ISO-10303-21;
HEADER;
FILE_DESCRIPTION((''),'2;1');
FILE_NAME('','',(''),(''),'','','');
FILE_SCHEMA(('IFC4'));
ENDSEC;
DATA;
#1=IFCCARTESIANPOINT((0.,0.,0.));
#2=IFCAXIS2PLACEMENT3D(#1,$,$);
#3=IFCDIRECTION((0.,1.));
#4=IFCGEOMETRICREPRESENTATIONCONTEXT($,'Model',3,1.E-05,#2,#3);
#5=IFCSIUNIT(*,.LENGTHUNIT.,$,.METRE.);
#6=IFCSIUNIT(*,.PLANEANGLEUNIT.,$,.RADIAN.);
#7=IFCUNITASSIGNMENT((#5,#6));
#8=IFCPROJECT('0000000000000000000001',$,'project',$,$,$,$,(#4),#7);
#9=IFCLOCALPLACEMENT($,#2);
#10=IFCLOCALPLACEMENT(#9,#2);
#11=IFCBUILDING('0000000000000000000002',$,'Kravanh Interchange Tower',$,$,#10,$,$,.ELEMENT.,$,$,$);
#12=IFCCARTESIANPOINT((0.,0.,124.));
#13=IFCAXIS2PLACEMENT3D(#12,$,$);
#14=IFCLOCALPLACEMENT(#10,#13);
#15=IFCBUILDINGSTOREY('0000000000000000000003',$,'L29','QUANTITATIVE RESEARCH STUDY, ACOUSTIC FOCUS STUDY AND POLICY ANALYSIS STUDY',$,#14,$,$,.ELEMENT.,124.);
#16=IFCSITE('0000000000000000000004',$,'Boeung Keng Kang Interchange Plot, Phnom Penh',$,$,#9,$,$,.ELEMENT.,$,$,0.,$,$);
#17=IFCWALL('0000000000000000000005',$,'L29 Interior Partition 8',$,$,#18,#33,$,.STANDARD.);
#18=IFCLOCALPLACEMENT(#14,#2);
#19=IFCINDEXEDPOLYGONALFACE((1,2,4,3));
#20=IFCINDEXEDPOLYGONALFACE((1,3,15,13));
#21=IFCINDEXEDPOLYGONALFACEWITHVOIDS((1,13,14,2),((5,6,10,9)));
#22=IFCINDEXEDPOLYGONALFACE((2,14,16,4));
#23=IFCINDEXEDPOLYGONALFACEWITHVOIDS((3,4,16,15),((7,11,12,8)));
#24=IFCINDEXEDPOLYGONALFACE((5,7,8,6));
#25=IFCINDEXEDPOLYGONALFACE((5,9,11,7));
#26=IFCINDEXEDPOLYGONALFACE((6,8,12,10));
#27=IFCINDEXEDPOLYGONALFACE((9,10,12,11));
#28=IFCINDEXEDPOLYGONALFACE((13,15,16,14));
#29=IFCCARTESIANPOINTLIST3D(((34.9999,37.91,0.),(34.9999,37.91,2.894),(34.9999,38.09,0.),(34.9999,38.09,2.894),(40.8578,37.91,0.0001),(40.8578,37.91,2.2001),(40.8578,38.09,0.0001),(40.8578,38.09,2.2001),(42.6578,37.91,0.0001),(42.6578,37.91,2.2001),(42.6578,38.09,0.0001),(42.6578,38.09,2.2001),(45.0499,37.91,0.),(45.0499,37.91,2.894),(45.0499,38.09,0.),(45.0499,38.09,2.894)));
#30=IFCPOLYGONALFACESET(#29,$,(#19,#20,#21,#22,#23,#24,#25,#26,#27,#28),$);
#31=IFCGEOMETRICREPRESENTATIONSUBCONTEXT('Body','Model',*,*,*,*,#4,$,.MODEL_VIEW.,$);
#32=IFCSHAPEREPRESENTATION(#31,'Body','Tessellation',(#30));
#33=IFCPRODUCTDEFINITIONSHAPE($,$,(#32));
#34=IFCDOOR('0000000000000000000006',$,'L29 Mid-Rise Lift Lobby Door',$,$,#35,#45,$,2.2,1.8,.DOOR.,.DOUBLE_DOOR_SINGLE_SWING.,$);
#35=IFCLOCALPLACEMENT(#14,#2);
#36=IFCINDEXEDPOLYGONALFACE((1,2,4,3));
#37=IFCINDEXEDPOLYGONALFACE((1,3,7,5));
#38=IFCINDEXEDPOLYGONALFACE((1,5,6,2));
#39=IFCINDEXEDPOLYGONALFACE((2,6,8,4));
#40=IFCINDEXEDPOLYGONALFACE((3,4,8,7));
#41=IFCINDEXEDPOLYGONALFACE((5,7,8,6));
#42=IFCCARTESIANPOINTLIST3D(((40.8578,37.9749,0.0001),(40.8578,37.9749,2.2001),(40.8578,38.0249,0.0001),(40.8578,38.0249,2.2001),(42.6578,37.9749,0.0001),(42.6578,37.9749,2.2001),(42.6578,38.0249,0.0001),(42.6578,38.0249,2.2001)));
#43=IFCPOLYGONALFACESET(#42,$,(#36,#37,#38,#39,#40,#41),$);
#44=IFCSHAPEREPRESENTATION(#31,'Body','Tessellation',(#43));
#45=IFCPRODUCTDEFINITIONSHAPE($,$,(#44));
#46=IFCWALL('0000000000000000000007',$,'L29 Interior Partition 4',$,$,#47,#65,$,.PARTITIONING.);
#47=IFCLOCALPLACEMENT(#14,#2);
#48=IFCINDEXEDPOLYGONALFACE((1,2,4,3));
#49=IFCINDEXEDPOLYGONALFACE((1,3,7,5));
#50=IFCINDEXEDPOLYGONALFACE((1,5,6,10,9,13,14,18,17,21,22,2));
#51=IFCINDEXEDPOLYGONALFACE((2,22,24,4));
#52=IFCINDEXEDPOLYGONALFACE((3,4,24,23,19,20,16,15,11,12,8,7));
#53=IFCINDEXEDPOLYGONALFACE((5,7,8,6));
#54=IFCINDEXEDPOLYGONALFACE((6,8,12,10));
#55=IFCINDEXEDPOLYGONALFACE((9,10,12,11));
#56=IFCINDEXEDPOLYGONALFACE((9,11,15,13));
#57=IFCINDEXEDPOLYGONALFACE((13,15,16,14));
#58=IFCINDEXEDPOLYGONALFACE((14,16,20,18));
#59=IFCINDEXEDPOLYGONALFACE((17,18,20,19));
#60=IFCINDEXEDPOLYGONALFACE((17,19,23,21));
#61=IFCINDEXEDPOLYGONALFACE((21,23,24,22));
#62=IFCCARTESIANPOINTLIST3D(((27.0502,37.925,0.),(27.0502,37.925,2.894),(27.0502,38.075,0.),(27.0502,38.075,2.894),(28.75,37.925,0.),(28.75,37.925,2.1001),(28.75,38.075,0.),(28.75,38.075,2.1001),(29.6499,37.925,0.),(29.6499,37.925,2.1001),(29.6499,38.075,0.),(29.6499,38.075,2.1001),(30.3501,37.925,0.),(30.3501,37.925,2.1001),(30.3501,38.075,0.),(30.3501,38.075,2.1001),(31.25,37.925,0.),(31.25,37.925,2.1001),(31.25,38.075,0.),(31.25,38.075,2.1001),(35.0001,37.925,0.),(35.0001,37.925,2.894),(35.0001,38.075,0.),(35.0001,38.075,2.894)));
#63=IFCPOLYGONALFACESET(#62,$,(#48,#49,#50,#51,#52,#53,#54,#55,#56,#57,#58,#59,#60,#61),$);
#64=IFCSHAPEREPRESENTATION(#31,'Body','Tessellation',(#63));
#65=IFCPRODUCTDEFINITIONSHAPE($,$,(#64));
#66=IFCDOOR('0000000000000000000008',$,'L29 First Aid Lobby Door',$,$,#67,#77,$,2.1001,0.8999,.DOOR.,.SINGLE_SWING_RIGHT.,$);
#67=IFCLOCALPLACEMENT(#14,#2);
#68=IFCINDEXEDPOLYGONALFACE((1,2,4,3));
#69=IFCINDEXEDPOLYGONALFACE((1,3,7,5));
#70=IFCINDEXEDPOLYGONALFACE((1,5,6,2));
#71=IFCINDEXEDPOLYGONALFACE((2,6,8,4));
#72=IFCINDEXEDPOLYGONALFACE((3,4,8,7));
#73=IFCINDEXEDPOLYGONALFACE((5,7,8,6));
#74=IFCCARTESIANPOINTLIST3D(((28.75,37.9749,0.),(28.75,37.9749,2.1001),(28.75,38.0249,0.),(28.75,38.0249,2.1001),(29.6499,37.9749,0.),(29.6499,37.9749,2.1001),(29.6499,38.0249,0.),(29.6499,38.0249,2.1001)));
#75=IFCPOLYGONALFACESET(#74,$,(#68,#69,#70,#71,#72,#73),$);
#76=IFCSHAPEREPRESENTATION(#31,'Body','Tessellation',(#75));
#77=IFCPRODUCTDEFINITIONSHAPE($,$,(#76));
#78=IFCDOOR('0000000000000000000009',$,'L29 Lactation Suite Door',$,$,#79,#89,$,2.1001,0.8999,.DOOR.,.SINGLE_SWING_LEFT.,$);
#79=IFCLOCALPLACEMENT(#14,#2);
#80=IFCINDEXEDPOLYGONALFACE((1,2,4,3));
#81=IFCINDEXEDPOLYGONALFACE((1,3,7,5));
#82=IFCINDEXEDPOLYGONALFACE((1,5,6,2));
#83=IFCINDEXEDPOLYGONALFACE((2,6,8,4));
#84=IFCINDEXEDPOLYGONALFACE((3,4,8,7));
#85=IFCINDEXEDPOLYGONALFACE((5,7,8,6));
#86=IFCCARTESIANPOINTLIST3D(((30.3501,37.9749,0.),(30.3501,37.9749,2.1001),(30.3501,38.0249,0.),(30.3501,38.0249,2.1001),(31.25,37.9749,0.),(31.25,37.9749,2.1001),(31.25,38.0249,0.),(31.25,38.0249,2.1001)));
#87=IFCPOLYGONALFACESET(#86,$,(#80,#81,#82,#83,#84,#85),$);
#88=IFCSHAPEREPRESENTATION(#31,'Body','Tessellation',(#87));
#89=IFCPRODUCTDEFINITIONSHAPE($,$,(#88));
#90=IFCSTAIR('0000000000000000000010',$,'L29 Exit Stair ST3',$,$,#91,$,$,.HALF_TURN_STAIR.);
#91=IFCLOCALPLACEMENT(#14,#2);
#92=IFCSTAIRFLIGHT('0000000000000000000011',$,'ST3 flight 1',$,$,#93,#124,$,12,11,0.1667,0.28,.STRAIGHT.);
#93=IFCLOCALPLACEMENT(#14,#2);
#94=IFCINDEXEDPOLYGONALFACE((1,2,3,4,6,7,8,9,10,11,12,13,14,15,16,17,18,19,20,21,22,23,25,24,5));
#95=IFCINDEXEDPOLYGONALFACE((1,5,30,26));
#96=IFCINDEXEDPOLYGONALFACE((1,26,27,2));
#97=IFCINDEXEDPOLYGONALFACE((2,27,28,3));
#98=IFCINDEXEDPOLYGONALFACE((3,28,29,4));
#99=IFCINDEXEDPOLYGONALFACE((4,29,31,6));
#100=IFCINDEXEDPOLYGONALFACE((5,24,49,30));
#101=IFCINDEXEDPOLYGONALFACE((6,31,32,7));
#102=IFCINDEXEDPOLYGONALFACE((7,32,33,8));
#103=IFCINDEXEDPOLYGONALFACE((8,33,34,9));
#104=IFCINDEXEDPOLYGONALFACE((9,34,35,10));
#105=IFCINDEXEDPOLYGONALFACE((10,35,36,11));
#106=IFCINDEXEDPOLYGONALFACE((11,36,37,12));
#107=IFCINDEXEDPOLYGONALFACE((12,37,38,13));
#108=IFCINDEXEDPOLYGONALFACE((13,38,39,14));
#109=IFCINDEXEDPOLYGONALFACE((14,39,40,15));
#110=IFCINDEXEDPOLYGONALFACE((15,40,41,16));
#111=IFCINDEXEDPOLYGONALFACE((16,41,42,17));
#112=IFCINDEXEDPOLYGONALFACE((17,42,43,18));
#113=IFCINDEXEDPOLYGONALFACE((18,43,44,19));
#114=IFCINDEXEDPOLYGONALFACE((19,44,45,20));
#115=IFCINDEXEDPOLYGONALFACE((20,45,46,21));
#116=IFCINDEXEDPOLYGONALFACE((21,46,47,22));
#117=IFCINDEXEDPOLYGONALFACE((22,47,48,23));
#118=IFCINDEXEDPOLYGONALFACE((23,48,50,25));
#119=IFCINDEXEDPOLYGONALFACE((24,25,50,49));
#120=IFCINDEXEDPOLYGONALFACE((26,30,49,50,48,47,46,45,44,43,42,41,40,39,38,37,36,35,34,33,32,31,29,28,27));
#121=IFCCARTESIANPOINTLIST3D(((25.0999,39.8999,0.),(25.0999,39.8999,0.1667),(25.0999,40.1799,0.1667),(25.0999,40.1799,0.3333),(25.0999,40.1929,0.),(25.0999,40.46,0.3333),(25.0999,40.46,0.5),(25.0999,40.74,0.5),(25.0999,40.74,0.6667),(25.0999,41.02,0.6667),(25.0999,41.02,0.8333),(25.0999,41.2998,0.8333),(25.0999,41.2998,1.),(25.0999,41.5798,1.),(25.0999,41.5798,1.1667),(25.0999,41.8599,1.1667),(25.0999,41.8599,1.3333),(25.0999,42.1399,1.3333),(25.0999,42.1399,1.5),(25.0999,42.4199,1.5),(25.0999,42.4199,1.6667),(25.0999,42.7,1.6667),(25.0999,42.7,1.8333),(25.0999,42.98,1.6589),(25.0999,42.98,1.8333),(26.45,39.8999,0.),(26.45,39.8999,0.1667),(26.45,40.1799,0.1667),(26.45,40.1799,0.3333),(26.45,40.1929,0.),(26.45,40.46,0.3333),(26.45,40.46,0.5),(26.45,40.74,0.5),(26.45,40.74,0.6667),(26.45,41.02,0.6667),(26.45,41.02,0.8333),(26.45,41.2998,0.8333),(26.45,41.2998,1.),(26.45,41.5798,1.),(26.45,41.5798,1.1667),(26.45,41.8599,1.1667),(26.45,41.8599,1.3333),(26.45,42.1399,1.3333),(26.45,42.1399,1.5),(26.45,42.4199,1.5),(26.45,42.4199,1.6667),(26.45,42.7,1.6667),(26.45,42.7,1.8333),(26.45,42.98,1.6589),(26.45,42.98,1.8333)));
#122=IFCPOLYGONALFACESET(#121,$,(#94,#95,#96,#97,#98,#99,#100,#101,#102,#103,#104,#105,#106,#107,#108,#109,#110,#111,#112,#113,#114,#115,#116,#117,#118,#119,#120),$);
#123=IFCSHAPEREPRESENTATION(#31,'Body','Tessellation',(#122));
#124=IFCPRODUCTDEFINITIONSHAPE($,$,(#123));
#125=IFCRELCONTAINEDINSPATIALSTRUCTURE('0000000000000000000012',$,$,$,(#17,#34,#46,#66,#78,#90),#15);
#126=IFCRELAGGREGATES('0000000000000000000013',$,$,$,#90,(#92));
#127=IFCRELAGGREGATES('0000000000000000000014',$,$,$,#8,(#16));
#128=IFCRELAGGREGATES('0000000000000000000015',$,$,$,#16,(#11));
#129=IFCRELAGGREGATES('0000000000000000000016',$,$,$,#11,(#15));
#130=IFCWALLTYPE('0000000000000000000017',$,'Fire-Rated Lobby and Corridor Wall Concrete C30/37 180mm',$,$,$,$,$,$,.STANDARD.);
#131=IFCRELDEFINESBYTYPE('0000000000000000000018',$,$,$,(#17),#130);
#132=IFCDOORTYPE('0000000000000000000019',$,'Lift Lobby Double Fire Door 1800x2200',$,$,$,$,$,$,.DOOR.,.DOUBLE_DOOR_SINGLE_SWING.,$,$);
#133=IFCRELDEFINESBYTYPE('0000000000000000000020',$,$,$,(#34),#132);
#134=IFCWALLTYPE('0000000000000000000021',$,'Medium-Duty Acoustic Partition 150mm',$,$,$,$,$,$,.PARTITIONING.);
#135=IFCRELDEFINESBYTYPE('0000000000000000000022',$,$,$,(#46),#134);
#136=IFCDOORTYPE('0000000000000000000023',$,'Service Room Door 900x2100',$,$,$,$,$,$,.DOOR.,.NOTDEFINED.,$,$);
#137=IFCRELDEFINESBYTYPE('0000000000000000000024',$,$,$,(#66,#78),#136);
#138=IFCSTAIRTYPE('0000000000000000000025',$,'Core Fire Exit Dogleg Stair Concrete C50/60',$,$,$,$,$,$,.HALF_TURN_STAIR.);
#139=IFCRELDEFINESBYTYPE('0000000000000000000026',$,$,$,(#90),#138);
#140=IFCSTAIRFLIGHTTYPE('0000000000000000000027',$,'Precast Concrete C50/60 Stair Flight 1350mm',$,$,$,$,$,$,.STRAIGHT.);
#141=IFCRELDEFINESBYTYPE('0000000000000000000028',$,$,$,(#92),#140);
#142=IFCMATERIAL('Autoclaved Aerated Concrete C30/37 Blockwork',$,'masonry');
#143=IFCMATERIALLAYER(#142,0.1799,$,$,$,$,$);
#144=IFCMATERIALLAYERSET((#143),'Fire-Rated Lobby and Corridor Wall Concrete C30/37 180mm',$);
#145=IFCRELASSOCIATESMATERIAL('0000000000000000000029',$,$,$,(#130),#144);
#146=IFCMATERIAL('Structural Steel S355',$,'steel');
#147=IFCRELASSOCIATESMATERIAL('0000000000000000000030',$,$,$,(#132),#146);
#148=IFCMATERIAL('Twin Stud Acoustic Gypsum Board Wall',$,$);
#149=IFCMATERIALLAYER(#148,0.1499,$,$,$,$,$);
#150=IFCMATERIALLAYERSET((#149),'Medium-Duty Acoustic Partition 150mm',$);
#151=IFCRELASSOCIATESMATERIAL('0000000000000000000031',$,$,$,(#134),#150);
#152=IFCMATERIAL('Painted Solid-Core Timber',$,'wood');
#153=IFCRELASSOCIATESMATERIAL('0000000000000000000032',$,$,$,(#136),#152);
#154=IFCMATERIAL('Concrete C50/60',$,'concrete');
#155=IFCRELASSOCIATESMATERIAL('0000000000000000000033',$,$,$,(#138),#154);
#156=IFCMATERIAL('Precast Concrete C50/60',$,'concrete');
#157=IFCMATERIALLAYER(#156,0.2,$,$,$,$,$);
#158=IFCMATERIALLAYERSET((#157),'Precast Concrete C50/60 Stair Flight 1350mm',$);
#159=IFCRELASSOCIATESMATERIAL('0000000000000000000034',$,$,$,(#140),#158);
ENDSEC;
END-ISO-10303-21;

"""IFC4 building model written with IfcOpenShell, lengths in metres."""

from ifc_helpers import new_model, si_unit, direction, frame, frame_2d, origin, place, context, subcontext, project, spatial, polyline, rectangle, outline, extrude, material, layer, layer_set, type_object, element, fill, aggregate, save


model = new_model("IFC4")

# Units and contexts
model_context = context("Model", 3, precision=1e-05, world=origin(), true_north=direction((0.0, 1.0)))
body_context = subcontext(model_context, "Body", "Model", "MODEL_VIEW")
ifc_project = project(units=[si_unit("LENGTHUNIT", "METRE"), si_unit("PLANEANGLEUNIT", "RADIAN")], contexts=[model_context])

# Site, building, storey
site_placement = place(None, origin())
site = spatial("IfcSite", under=ifc_project, at=site_placement, Name="Boeung Keng Kang Interchange Plot, Phnom Penh", CompositionType="ELEMENT", RefElevation=0.0)
building_placement = place(site_placement, origin())
building = spatial("IfcBuilding", under=site, at=building_placement, Name="Kravanh Interchange Tower", CompositionType="ELEMENT")
storey_placement = place(building_placement, frame((0.0, 0.0, 124.0)))
storey = spatial("IfcBuildingStorey", under=building, at=storey_placement, Name="L29", Description="QUANTITATIVE RESEARCH STUDY, ACOUSTIC FOCUS STUDY AND POLICY ANALYSIS STUDY", CompositionType="ELEMENT", Elevation=124.0)

# Shared definitions
ifc_material_1 = material(Name="Autoclaved Aerated Concrete C30/37 Blockwork", Category="masonry")
ifc_layer_1 = layer(ifc_material_1, 0.1799)
ifc_layer_set_1 = layer_set([ifc_layer_1], Name="Fire-Rated Lobby and Corridor Wall Concrete C30/37 180mm")
wall_type_1 = type_object("IfcWallType", Name="Fire-Rated Lobby and Corridor Wall Concrete C30/37 180mm", PredefinedType="STANDARD", material=ifc_layer_set_1)

# Wall, opening, door
wall_1_placement = place(storey_placement, frame((35.0, 38.0, 0.0), z_axis=(0.0, 0.0, 1.0), x_axis=(1.0, 0.0, 0.0)))
wall_1 = element("IfcWall", 1, at=wall_1_placement, inside=storey, type_object=wall_type_1, Name="L29 Interior Partition 8", PredefinedType="STANDARD", context=body_context, shape_type="SweptSolid", body=[
    extrude(rectangle(XDim=10.05, YDim=0.1799, at=frame_2d((5.0249, 0.0))), origin(), (0.0, 0.0, 1.0), 2.894),
])
opening_1_placement = place(wall_1_placement, frame((5.8579, 0.0, 0.0)))
opening_1 = element("IfcOpeningElement", 2, at=opening_1_placement, cuts=wall_1, PredefinedType="OPENING", context=body_context, shape_type="SweptSolid", body=[
    extrude(rectangle(XDim=1.8, YDim=2.2, at=frame_2d((0.8999, 1.1001))), frame((0.0, 0.1001, 0.0), z_axis=(0.0, -1.0, 0.0), x_axis=(1.0, 0.0, 0.0)), (0.0, 0.0, 1.0), 0.2),
])
ifc_material_2 = material(Name="Structural Steel S355", Category="steel")
door_type_1 = type_object("IfcDoorType", Name="Lift Lobby Double Fire Door 1800x2200", OperationType="DOUBLE_DOOR_SINGLE_SWING", PredefinedType="DOOR", material=ifc_material_2)
door_1_placement = place(opening_1_placement, origin())
door_1 = element("IfcDoor", 3, at=door_1_placement, inside=storey, type_object=door_type_1, Name="L29 Mid-Rise Lift Lobby Door", OperationType="DOUBLE_DOOR_SINGLE_SWING", OverallHeight=2.2, OverallWidth=1.8, PredefinedType="DOOR", context=body_context, shape_type="SweptSolid", body=[
    extrude(rectangle(XDim=1.8, YDim=2.2, at=frame_2d((0.8999, 1.1001))), frame((0.0, 0.0249, 0.0), z_axis=(0.0, -1.0, 0.0), x_axis=(1.0, 0.0, 0.0)), (0.0, 0.0, 1.0), 0.05),
])
fill(opening_1, door_1)

# Wall, openings, doors
ifc_material_3 = material(Name="Twin Stud Acoustic Gypsum Board Wall")
ifc_layer_2 = layer(ifc_material_3, 0.1499)
ifc_layer_set_2 = layer_set([ifc_layer_2], Name="Medium-Duty Acoustic Partition 150mm")
wall_type_2 = type_object("IfcWallType", Name="Medium-Duty Acoustic Partition 150mm", PredefinedType="PARTITIONING", material=ifc_layer_set_2)
wall_2_placement = place(storey_placement, frame((27.05, 38.0, 0.0), z_axis=(0.0, 0.0, 1.0), x_axis=(1.0, 0.0, 0.0)))
wall_2 = element("IfcWall", 4, at=wall_2_placement, inside=storey, type_object=wall_type_2, Name="L29 Interior Partition 4", PredefinedType="PARTITIONING", context=body_context, shape_type="SweptSolid", body=[
    extrude(rectangle(XDim=7.95, YDim=0.1499, at=frame_2d((3.9751, 0.0))), origin(), (0.0, 0.0, 1.0), 2.894),
])
opening_2_placement = place(wall_2_placement, frame((1.7, 0.0, 0.0)))
opening_2 = element("IfcOpeningElement", 5, at=opening_2_placement, cuts=wall_2, PredefinedType="OPENING", context=body_context, shape_type="SweptSolid", body=[
    extrude(rectangle(XDim=0.8999, YDim=2.1001, at=frame_2d((0.45, 1.05))), frame((0.0, 0.085, 0.0), z_axis=(0.0, -1.0, 0.0), x_axis=(1.0, 0.0, 0.0)), (0.0, 0.0, 1.0), 0.1699),
])
opening_3_placement = place(wall_2_placement, frame((3.3, 0.0, 0.0)))
opening_3 = element("IfcOpeningElement", 6, at=opening_3_placement, cuts=wall_2, PredefinedType="OPENING", context=body_context, shape_type="SweptSolid", body=[
    extrude(rectangle(XDim=0.8999, YDim=2.1001, at=frame_2d((0.45, 1.05))), frame((0.0, 0.085, 0.0), z_axis=(0.0, -1.0, 0.0), x_axis=(1.0, 0.0, 0.0)), (0.0, 0.0, 1.0), 0.1699),
])
ifc_material_4 = material(Name="Painted Solid-Core Timber", Category="wood")
door_type_2 = type_object("IfcDoorType", Name="Service Room Door 900x2100", OperationType="NOTDEFINED", PredefinedType="DOOR", material=ifc_material_4)
door_2_placement = place(opening_2_placement, origin())
door_2 = element("IfcDoor", 7, at=door_2_placement, inside=storey, type_object=door_type_2, Name="L29 First Aid Lobby Door", OperationType="SINGLE_SWING_RIGHT", OverallHeight=2.1001, OverallWidth=0.8999, PredefinedType="DOOR", context=body_context, shape_type="SweptSolid", body=[
    extrude(rectangle(XDim=0.8999, YDim=2.1001, at=frame_2d((0.45, 1.05))), frame((0.0, 0.0249, 0.0), z_axis=(0.0, -1.0, 0.0), x_axis=(1.0, 0.0, 0.0)), (0.0, 0.0, 1.0), 0.05),
])
fill(opening_2, door_2)
door_3_placement = place(opening_3_placement, origin())
door_3 = element("IfcDoor", 8, at=door_3_placement, inside=storey, type_object=door_type_2, Name="L29 Lactation Suite Door", OperationType="SINGLE_SWING_LEFT", OverallHeight=2.1001, OverallWidth=0.8999, PredefinedType="DOOR", context=body_context, shape_type="SweptSolid", body=[
    extrude(rectangle(XDim=0.8999, YDim=2.1001, at=frame_2d((0.45, 1.05))), frame((0.0, 0.0249, 0.0), z_axis=(0.0, -1.0, 0.0), x_axis=(1.0, 0.0, 0.0)), (0.0, 0.0, 1.0), 0.05),
])
fill(opening_3, door_3)

# Stair, stair flight
ifc_material_5 = material(Name="Concrete C50/60", Category="concrete")
stair_type = type_object("IfcStairType", Name="Core Fire Exit Dogleg Stair Concrete C50/60", PredefinedType="HALF_TURN_STAIR", material=ifc_material_5)
stair_placement = place(storey_placement, origin())
stair = element("IfcStair", 9, at=stair_placement, inside=storey, type_object=stair_type, Name="L29 Exit Stair ST3", PredefinedType="HALF_TURN_STAIR")
ifc_material_6 = material(Name="Precast Concrete C50/60", Category="concrete")
ifc_layer_3 = layer(ifc_material_6, 0.2)
ifc_layer_set_3 = layer_set([ifc_layer_3], Name="Precast Concrete C50/60 Stair Flight 1350mm")
stair_flight_type = type_object("IfcStairFlightType", Name="Precast Concrete C50/60 Stair Flight 1350mm", PredefinedType="STRAIGHT", material=ifc_layer_set_3)
stair_flight_placement = place(storey_placement, frame((25.7749, 39.8999, 0.0), z_axis=(0.0, 0.0, 1.0), x_axis=(0.0, 1.0, 0.0)))
stair_flight = element("IfcStairFlight", 10, at=stair_flight_placement, type_object=stair_flight_type, Name="ST3 flight 1", NumberOfRisers=12, NumberOfTreads=11, PredefinedType="STRAIGHT", RiserHeight=0.1667, TreadLength=0.28, context=body_context, shape_type="SweptSolid", body=[
    extrude(outline(polyline([(0.0, 0.0), (0.0, 0.1667), (0.28, 0.1667), (0.28, 0.3333), (0.5601, 0.3333), (0.5601, 0.5), (0.8401, 0.5), (0.8401, 0.6667), (1.1201, 0.6667), (1.1201, 0.8333), (1.3999, 0.8333), (1.3999, 1.0), (1.6799, 1.0), (1.6799, 1.1667), (1.96, 1.1667), (1.96, 1.3333), (2.24, 1.3333), (2.24, 1.5), (2.52, 1.5), (2.52, 1.6667), (2.8, 1.6667), (2.8, 1.8333), (3.0801, 1.8333), (3.0801, 2.0), (3.0801, 1.6589), (0.293, 0.0), (0.0, 0.0)])), frame((0.0, 0.675, 0.0), z_axis=(0.0, -1.0, 0.0), x_axis=(1.0, 0.0, 0.0)), (0.0, 0.0, 1.0), 1.3501),
])
aggregate(stair, [stair_flight])

save(model, "model.ifc")
